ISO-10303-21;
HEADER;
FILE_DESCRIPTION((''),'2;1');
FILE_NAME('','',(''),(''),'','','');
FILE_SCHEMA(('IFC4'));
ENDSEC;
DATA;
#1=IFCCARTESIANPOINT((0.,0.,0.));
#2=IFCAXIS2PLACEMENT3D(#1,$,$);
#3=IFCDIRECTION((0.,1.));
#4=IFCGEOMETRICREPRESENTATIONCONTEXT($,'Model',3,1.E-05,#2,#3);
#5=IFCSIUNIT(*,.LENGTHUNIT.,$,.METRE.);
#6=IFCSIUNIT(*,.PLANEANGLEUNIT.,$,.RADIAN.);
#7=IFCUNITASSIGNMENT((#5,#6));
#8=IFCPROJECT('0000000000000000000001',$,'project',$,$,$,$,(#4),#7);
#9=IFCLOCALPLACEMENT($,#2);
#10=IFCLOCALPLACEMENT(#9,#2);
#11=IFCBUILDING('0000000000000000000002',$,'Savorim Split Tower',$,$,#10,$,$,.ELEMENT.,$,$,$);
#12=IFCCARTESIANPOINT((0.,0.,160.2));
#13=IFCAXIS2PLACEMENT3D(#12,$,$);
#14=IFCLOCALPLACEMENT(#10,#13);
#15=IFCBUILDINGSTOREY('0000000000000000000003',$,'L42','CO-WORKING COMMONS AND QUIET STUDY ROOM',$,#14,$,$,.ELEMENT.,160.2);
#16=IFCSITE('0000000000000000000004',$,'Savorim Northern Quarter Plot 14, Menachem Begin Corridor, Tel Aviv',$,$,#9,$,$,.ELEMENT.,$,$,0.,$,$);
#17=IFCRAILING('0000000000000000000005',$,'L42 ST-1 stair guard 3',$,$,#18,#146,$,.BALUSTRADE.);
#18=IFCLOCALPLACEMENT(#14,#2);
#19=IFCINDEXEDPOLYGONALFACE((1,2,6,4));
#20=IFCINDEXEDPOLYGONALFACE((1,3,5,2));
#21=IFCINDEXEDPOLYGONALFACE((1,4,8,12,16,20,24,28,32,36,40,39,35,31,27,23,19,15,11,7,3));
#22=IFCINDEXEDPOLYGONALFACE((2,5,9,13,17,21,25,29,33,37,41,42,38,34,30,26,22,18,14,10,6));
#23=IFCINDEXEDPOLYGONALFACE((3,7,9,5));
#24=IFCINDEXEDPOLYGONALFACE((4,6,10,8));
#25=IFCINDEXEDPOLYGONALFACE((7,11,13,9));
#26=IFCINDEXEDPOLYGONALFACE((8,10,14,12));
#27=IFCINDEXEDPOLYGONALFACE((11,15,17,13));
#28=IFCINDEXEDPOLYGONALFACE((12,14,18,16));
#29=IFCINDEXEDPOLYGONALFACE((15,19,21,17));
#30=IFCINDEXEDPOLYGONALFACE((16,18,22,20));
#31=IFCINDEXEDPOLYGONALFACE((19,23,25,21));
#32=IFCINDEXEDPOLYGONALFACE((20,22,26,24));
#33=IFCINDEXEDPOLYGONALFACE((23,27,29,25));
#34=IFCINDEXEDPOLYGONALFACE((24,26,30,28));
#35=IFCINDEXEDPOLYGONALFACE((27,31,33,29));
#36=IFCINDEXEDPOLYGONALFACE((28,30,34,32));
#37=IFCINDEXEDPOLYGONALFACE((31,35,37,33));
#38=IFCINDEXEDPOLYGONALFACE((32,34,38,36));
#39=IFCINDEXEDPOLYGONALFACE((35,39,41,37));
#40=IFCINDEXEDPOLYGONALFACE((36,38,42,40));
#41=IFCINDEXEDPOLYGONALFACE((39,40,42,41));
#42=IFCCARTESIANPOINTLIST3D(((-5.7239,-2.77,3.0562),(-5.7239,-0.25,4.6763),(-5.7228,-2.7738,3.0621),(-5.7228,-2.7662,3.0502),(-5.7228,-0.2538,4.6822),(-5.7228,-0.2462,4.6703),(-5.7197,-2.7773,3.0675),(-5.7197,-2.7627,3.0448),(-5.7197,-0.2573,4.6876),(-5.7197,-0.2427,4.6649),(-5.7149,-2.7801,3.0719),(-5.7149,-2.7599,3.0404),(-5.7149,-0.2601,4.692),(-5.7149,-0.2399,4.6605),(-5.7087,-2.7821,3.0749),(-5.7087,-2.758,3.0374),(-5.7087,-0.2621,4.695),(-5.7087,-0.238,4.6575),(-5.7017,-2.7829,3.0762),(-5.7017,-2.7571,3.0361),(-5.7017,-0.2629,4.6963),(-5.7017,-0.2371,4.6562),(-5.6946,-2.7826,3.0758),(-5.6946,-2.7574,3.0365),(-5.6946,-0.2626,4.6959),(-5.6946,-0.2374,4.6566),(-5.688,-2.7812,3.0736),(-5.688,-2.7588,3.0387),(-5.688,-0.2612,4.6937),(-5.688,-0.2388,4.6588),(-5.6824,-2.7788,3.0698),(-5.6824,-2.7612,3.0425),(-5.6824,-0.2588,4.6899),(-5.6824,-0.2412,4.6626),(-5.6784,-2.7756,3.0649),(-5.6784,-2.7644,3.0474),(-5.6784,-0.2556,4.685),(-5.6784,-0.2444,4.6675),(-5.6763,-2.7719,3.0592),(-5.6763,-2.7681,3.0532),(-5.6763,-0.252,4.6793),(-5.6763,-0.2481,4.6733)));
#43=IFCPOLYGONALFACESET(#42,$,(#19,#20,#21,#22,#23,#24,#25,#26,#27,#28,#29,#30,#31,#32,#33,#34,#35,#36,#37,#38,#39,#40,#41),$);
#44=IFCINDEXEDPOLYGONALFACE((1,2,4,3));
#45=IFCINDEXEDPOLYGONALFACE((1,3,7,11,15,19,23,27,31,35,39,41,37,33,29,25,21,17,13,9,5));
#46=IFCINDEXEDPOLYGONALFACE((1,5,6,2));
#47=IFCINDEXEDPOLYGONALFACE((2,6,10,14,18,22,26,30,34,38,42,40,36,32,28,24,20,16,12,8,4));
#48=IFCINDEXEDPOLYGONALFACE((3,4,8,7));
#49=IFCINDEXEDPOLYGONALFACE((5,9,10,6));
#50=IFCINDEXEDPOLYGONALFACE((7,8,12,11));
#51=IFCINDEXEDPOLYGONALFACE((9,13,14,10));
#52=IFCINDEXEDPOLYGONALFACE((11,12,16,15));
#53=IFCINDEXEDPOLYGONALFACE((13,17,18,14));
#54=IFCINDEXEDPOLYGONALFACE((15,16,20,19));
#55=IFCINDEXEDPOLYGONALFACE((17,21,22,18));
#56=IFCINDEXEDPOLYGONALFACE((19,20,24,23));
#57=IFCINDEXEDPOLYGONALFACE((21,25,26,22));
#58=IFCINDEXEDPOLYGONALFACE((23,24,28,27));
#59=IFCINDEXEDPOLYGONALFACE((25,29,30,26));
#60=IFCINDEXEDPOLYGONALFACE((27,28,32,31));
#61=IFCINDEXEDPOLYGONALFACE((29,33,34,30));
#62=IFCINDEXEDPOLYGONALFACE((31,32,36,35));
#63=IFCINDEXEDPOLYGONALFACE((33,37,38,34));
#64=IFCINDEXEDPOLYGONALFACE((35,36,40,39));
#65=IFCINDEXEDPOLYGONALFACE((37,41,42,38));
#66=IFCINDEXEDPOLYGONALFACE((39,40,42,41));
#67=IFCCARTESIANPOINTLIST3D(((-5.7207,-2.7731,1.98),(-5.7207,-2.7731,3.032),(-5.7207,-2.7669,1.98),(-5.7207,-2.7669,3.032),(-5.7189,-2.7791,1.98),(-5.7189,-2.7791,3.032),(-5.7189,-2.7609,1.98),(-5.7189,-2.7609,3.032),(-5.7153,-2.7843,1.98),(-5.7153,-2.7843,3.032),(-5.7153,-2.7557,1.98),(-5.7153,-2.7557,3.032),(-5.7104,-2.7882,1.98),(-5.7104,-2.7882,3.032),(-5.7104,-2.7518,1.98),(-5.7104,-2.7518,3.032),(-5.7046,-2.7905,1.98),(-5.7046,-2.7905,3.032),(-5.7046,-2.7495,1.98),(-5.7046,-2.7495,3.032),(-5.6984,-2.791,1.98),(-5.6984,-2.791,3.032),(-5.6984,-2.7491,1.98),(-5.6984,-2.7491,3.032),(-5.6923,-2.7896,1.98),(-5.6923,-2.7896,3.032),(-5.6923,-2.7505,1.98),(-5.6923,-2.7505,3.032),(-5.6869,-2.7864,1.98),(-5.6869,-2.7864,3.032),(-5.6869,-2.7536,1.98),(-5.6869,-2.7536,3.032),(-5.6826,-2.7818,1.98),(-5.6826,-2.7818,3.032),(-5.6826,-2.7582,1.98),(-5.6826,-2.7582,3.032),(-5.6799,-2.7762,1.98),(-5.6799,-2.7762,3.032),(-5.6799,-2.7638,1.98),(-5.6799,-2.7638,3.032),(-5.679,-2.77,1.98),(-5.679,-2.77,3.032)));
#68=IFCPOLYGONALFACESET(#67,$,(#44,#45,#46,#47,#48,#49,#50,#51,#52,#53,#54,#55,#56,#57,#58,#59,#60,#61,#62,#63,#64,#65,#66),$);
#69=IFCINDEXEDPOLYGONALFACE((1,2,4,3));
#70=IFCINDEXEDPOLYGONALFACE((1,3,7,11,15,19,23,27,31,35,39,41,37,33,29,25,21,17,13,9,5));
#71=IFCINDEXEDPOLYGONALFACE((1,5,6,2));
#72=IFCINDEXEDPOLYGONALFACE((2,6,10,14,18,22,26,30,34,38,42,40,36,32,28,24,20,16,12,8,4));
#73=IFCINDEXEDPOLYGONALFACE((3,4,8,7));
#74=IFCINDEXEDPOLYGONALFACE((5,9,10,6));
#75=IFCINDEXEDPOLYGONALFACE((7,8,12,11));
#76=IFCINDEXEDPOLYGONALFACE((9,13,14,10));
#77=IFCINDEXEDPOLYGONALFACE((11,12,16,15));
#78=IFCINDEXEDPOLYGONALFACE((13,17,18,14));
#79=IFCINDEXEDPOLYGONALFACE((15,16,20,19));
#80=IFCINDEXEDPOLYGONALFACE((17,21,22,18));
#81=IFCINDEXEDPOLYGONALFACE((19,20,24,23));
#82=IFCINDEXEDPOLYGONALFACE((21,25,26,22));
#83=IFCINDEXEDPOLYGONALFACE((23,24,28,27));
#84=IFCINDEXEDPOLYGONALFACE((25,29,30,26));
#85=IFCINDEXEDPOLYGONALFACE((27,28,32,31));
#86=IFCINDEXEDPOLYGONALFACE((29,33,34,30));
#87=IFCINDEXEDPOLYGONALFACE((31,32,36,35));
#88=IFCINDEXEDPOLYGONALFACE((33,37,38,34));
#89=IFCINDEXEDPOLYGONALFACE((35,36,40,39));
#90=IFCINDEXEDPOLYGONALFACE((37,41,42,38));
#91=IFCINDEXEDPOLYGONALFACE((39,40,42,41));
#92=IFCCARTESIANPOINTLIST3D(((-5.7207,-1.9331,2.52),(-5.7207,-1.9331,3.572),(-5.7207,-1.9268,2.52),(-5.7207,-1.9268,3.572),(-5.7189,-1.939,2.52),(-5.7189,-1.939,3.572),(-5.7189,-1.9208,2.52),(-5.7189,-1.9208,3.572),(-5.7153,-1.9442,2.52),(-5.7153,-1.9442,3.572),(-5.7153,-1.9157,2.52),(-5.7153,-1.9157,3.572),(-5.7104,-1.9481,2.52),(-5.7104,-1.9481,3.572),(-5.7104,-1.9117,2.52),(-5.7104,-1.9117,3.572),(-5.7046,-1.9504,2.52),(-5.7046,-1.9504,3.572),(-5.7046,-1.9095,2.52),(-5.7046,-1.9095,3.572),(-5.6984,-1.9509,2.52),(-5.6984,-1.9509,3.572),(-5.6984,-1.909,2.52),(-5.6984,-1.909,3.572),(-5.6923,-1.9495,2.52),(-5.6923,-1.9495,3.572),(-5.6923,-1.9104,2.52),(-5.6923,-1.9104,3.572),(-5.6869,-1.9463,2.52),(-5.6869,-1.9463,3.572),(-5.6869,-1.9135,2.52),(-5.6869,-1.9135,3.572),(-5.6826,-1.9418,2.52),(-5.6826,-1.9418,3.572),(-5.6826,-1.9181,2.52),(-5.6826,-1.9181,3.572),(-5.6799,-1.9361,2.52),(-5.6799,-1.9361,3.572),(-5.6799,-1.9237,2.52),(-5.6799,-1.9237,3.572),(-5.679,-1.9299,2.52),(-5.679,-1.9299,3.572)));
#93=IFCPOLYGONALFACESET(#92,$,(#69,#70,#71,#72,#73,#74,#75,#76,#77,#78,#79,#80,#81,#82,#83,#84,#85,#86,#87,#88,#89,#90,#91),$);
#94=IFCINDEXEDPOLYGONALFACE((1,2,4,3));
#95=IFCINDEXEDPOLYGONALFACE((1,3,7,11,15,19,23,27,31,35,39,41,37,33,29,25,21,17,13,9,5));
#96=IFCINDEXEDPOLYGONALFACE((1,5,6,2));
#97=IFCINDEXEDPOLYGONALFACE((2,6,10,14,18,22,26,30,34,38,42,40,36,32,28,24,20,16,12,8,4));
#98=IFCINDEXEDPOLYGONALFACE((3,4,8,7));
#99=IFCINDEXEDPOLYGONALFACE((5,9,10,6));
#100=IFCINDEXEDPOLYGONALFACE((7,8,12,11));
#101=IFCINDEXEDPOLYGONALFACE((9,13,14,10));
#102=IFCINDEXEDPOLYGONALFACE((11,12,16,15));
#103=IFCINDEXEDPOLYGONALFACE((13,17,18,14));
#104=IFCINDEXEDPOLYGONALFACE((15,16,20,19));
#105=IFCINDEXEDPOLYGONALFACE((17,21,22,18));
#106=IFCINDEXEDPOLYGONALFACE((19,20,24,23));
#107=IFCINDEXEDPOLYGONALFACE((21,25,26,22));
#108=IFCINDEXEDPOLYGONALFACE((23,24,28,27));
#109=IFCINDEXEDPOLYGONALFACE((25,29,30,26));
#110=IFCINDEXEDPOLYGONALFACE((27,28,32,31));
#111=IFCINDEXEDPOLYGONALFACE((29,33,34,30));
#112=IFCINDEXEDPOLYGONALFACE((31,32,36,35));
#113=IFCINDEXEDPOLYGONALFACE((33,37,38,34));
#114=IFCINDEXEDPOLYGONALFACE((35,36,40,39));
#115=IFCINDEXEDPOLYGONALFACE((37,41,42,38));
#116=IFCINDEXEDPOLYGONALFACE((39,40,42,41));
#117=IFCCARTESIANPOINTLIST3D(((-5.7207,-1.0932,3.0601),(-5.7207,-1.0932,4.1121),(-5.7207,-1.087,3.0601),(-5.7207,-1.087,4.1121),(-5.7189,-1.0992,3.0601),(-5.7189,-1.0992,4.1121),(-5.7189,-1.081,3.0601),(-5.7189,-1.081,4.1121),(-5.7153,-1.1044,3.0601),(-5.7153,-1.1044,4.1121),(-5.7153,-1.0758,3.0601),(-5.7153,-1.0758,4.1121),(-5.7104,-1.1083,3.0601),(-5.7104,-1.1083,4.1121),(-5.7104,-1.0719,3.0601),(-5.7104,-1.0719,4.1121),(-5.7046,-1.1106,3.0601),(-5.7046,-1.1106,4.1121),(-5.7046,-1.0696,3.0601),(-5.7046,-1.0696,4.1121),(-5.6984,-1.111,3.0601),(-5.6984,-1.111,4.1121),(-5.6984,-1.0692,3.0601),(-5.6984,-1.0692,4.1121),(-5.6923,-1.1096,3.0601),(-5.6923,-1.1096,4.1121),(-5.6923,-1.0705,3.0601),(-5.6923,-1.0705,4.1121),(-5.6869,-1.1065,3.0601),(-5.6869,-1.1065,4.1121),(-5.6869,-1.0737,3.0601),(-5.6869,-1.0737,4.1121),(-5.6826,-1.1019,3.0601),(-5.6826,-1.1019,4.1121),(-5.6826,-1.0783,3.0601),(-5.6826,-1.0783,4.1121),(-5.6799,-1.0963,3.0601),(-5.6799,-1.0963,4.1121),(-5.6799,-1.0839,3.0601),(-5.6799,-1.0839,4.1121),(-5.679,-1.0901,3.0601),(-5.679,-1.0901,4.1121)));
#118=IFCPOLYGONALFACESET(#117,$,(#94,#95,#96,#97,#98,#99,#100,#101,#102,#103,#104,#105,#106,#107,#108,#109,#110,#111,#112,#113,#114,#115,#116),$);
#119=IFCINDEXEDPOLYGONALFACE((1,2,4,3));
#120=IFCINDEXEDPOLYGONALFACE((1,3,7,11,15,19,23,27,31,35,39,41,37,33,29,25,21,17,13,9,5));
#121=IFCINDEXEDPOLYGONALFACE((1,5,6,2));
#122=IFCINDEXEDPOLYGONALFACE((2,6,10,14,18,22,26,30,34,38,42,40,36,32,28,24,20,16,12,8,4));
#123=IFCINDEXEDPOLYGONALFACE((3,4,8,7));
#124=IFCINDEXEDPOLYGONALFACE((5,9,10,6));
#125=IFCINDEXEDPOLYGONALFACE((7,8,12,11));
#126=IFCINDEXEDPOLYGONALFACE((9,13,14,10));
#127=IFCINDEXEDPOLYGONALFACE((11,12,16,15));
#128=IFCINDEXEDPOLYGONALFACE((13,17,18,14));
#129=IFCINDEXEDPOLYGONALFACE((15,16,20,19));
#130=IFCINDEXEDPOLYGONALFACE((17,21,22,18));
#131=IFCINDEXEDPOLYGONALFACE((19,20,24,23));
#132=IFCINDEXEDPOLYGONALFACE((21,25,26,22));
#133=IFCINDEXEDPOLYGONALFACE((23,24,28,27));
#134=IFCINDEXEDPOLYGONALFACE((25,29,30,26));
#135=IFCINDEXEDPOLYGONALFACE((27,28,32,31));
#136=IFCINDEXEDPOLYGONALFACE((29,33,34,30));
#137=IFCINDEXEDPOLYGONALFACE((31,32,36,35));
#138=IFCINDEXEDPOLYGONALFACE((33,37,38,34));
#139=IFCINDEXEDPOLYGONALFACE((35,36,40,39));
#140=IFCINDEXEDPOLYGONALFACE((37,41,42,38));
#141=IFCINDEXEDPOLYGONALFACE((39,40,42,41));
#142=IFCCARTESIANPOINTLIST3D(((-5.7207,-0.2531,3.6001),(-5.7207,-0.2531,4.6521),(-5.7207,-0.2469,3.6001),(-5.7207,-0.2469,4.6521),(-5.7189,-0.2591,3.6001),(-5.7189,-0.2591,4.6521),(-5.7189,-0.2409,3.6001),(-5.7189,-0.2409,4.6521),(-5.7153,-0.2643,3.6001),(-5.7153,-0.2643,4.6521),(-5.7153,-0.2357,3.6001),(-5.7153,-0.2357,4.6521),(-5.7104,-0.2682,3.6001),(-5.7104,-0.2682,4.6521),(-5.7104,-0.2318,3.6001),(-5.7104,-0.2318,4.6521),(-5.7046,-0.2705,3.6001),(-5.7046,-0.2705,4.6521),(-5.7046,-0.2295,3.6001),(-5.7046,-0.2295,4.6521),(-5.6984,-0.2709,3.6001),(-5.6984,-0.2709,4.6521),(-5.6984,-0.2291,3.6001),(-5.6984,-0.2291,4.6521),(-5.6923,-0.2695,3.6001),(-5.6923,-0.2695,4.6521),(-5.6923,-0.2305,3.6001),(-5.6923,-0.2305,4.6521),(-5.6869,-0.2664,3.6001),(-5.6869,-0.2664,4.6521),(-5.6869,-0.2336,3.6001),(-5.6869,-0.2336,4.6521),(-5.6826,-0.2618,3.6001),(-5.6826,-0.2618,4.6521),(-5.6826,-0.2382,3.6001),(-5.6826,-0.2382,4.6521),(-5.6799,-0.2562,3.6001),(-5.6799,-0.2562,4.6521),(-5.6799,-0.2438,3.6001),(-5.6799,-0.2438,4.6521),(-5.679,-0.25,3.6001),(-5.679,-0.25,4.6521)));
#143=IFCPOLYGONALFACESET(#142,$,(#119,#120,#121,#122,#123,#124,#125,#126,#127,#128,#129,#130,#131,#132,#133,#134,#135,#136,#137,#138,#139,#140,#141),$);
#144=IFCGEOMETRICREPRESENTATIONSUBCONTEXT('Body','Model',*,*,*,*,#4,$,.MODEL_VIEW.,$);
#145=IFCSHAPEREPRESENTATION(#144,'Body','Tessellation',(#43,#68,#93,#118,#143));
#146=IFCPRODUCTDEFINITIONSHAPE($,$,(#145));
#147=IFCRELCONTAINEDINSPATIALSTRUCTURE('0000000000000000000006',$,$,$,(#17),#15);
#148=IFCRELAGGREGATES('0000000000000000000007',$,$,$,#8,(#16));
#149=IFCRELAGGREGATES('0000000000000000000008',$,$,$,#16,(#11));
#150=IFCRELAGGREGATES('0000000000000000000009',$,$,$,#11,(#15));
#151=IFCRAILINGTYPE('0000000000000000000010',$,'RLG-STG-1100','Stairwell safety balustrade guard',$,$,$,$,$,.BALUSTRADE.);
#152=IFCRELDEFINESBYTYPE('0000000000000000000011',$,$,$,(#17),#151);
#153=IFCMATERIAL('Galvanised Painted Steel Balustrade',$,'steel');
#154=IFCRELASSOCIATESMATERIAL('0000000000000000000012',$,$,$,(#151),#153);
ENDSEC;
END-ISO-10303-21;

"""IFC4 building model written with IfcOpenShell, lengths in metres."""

from ifc_helpers import new_model, si_unit, direction, frame, origin, origin_2d, place, context, subcontext, project, spatial, circle, extrude, material, type_object, element, save


model = new_model("IFC4")

# Units and contexts
model_context = context("Model", 3, precision=1e-05, world=origin(), true_north=direction((0.0, 1.0)))
body_context = subcontext(model_context, "Body", "Model", "MODEL_VIEW")
ifc_project = project(units=[si_unit("LENGTHUNIT", "METRE"), si_unit("PLANEANGLEUNIT", "RADIAN")], contexts=[model_context])

# Site, building, storey
site_placement = place(None, origin())
site = spatial("IfcSite", under=ifc_project, at=site_placement, Name="Savorim Northern Quarter Plot 14, Menachem Begin Corridor, Tel Aviv", CompositionType="ELEMENT", RefElevation=0.0)
building_placement = place(site_placement, origin())
building = spatial("IfcBuilding", under=site, at=building_placement, Name="Savorim Split Tower", CompositionType="ELEMENT")
storey_placement = place(building_placement, frame((0.0, 0.0, 160.2)))
storey = spatial("IfcBuildingStorey", under=building, at=storey_placement, Name="L42", Description="CO-WORKING COMMONS AND QUIET STUDY ROOM", CompositionType="ELEMENT", Elevation=160.2)

# Railing
ifc_material_1 = material(Name="Galvanised Painted Steel Balustrade", Category="steel")
railing_type_1 = type_object("IfcRailingType", Name="RLG-STG-1100", Description="Stairwell safety balustrade guard", PredefinedType="BALUSTRADE", material=ifc_material_1)
railing_1_placement = place(storey_placement, frame((-5.7, -2.77, 1.98)))
element("IfcRailing", 1, at=railing_1_placement, inside=storey, type_object=railing_type_1, Name="L42 ST-1 stair guard 3", PredefinedType="BALUSTRADE", context=body_context, shape_type="SweptSolid", body=[
    extrude(circle(Radius=0.0239, at=origin_2d()), frame((0.0, 0.0, 1.0762), z_axis=(0.0, 0.841163, 0.540782), x_axis=(-1.0, 0.0, 0.0)), (0.0, 0.0, 1.0), 2.9958),
    extrude(circle(Radius=0.021, at=origin_2d()), origin(), (0.0, 0.0, 1.0), 1.052),
    extrude(circle(Radius=0.021, at=origin_2d()), frame((0.0, 0.8401, 0.54)), (0.0, 0.0, 1.0), 1.052),
    extrude(circle(Radius=0.021, at=origin_2d()), frame((0.0, 1.6799, 1.0801)), (0.0, 0.0, 1.0), 1.052),
    extrude(circle(Radius=0.021, at=origin_2d()), frame((0.0, 2.52, 1.6201)), (0.0, 0.0, 1.0), 1.052),
])

save(model, "model.ifc")
